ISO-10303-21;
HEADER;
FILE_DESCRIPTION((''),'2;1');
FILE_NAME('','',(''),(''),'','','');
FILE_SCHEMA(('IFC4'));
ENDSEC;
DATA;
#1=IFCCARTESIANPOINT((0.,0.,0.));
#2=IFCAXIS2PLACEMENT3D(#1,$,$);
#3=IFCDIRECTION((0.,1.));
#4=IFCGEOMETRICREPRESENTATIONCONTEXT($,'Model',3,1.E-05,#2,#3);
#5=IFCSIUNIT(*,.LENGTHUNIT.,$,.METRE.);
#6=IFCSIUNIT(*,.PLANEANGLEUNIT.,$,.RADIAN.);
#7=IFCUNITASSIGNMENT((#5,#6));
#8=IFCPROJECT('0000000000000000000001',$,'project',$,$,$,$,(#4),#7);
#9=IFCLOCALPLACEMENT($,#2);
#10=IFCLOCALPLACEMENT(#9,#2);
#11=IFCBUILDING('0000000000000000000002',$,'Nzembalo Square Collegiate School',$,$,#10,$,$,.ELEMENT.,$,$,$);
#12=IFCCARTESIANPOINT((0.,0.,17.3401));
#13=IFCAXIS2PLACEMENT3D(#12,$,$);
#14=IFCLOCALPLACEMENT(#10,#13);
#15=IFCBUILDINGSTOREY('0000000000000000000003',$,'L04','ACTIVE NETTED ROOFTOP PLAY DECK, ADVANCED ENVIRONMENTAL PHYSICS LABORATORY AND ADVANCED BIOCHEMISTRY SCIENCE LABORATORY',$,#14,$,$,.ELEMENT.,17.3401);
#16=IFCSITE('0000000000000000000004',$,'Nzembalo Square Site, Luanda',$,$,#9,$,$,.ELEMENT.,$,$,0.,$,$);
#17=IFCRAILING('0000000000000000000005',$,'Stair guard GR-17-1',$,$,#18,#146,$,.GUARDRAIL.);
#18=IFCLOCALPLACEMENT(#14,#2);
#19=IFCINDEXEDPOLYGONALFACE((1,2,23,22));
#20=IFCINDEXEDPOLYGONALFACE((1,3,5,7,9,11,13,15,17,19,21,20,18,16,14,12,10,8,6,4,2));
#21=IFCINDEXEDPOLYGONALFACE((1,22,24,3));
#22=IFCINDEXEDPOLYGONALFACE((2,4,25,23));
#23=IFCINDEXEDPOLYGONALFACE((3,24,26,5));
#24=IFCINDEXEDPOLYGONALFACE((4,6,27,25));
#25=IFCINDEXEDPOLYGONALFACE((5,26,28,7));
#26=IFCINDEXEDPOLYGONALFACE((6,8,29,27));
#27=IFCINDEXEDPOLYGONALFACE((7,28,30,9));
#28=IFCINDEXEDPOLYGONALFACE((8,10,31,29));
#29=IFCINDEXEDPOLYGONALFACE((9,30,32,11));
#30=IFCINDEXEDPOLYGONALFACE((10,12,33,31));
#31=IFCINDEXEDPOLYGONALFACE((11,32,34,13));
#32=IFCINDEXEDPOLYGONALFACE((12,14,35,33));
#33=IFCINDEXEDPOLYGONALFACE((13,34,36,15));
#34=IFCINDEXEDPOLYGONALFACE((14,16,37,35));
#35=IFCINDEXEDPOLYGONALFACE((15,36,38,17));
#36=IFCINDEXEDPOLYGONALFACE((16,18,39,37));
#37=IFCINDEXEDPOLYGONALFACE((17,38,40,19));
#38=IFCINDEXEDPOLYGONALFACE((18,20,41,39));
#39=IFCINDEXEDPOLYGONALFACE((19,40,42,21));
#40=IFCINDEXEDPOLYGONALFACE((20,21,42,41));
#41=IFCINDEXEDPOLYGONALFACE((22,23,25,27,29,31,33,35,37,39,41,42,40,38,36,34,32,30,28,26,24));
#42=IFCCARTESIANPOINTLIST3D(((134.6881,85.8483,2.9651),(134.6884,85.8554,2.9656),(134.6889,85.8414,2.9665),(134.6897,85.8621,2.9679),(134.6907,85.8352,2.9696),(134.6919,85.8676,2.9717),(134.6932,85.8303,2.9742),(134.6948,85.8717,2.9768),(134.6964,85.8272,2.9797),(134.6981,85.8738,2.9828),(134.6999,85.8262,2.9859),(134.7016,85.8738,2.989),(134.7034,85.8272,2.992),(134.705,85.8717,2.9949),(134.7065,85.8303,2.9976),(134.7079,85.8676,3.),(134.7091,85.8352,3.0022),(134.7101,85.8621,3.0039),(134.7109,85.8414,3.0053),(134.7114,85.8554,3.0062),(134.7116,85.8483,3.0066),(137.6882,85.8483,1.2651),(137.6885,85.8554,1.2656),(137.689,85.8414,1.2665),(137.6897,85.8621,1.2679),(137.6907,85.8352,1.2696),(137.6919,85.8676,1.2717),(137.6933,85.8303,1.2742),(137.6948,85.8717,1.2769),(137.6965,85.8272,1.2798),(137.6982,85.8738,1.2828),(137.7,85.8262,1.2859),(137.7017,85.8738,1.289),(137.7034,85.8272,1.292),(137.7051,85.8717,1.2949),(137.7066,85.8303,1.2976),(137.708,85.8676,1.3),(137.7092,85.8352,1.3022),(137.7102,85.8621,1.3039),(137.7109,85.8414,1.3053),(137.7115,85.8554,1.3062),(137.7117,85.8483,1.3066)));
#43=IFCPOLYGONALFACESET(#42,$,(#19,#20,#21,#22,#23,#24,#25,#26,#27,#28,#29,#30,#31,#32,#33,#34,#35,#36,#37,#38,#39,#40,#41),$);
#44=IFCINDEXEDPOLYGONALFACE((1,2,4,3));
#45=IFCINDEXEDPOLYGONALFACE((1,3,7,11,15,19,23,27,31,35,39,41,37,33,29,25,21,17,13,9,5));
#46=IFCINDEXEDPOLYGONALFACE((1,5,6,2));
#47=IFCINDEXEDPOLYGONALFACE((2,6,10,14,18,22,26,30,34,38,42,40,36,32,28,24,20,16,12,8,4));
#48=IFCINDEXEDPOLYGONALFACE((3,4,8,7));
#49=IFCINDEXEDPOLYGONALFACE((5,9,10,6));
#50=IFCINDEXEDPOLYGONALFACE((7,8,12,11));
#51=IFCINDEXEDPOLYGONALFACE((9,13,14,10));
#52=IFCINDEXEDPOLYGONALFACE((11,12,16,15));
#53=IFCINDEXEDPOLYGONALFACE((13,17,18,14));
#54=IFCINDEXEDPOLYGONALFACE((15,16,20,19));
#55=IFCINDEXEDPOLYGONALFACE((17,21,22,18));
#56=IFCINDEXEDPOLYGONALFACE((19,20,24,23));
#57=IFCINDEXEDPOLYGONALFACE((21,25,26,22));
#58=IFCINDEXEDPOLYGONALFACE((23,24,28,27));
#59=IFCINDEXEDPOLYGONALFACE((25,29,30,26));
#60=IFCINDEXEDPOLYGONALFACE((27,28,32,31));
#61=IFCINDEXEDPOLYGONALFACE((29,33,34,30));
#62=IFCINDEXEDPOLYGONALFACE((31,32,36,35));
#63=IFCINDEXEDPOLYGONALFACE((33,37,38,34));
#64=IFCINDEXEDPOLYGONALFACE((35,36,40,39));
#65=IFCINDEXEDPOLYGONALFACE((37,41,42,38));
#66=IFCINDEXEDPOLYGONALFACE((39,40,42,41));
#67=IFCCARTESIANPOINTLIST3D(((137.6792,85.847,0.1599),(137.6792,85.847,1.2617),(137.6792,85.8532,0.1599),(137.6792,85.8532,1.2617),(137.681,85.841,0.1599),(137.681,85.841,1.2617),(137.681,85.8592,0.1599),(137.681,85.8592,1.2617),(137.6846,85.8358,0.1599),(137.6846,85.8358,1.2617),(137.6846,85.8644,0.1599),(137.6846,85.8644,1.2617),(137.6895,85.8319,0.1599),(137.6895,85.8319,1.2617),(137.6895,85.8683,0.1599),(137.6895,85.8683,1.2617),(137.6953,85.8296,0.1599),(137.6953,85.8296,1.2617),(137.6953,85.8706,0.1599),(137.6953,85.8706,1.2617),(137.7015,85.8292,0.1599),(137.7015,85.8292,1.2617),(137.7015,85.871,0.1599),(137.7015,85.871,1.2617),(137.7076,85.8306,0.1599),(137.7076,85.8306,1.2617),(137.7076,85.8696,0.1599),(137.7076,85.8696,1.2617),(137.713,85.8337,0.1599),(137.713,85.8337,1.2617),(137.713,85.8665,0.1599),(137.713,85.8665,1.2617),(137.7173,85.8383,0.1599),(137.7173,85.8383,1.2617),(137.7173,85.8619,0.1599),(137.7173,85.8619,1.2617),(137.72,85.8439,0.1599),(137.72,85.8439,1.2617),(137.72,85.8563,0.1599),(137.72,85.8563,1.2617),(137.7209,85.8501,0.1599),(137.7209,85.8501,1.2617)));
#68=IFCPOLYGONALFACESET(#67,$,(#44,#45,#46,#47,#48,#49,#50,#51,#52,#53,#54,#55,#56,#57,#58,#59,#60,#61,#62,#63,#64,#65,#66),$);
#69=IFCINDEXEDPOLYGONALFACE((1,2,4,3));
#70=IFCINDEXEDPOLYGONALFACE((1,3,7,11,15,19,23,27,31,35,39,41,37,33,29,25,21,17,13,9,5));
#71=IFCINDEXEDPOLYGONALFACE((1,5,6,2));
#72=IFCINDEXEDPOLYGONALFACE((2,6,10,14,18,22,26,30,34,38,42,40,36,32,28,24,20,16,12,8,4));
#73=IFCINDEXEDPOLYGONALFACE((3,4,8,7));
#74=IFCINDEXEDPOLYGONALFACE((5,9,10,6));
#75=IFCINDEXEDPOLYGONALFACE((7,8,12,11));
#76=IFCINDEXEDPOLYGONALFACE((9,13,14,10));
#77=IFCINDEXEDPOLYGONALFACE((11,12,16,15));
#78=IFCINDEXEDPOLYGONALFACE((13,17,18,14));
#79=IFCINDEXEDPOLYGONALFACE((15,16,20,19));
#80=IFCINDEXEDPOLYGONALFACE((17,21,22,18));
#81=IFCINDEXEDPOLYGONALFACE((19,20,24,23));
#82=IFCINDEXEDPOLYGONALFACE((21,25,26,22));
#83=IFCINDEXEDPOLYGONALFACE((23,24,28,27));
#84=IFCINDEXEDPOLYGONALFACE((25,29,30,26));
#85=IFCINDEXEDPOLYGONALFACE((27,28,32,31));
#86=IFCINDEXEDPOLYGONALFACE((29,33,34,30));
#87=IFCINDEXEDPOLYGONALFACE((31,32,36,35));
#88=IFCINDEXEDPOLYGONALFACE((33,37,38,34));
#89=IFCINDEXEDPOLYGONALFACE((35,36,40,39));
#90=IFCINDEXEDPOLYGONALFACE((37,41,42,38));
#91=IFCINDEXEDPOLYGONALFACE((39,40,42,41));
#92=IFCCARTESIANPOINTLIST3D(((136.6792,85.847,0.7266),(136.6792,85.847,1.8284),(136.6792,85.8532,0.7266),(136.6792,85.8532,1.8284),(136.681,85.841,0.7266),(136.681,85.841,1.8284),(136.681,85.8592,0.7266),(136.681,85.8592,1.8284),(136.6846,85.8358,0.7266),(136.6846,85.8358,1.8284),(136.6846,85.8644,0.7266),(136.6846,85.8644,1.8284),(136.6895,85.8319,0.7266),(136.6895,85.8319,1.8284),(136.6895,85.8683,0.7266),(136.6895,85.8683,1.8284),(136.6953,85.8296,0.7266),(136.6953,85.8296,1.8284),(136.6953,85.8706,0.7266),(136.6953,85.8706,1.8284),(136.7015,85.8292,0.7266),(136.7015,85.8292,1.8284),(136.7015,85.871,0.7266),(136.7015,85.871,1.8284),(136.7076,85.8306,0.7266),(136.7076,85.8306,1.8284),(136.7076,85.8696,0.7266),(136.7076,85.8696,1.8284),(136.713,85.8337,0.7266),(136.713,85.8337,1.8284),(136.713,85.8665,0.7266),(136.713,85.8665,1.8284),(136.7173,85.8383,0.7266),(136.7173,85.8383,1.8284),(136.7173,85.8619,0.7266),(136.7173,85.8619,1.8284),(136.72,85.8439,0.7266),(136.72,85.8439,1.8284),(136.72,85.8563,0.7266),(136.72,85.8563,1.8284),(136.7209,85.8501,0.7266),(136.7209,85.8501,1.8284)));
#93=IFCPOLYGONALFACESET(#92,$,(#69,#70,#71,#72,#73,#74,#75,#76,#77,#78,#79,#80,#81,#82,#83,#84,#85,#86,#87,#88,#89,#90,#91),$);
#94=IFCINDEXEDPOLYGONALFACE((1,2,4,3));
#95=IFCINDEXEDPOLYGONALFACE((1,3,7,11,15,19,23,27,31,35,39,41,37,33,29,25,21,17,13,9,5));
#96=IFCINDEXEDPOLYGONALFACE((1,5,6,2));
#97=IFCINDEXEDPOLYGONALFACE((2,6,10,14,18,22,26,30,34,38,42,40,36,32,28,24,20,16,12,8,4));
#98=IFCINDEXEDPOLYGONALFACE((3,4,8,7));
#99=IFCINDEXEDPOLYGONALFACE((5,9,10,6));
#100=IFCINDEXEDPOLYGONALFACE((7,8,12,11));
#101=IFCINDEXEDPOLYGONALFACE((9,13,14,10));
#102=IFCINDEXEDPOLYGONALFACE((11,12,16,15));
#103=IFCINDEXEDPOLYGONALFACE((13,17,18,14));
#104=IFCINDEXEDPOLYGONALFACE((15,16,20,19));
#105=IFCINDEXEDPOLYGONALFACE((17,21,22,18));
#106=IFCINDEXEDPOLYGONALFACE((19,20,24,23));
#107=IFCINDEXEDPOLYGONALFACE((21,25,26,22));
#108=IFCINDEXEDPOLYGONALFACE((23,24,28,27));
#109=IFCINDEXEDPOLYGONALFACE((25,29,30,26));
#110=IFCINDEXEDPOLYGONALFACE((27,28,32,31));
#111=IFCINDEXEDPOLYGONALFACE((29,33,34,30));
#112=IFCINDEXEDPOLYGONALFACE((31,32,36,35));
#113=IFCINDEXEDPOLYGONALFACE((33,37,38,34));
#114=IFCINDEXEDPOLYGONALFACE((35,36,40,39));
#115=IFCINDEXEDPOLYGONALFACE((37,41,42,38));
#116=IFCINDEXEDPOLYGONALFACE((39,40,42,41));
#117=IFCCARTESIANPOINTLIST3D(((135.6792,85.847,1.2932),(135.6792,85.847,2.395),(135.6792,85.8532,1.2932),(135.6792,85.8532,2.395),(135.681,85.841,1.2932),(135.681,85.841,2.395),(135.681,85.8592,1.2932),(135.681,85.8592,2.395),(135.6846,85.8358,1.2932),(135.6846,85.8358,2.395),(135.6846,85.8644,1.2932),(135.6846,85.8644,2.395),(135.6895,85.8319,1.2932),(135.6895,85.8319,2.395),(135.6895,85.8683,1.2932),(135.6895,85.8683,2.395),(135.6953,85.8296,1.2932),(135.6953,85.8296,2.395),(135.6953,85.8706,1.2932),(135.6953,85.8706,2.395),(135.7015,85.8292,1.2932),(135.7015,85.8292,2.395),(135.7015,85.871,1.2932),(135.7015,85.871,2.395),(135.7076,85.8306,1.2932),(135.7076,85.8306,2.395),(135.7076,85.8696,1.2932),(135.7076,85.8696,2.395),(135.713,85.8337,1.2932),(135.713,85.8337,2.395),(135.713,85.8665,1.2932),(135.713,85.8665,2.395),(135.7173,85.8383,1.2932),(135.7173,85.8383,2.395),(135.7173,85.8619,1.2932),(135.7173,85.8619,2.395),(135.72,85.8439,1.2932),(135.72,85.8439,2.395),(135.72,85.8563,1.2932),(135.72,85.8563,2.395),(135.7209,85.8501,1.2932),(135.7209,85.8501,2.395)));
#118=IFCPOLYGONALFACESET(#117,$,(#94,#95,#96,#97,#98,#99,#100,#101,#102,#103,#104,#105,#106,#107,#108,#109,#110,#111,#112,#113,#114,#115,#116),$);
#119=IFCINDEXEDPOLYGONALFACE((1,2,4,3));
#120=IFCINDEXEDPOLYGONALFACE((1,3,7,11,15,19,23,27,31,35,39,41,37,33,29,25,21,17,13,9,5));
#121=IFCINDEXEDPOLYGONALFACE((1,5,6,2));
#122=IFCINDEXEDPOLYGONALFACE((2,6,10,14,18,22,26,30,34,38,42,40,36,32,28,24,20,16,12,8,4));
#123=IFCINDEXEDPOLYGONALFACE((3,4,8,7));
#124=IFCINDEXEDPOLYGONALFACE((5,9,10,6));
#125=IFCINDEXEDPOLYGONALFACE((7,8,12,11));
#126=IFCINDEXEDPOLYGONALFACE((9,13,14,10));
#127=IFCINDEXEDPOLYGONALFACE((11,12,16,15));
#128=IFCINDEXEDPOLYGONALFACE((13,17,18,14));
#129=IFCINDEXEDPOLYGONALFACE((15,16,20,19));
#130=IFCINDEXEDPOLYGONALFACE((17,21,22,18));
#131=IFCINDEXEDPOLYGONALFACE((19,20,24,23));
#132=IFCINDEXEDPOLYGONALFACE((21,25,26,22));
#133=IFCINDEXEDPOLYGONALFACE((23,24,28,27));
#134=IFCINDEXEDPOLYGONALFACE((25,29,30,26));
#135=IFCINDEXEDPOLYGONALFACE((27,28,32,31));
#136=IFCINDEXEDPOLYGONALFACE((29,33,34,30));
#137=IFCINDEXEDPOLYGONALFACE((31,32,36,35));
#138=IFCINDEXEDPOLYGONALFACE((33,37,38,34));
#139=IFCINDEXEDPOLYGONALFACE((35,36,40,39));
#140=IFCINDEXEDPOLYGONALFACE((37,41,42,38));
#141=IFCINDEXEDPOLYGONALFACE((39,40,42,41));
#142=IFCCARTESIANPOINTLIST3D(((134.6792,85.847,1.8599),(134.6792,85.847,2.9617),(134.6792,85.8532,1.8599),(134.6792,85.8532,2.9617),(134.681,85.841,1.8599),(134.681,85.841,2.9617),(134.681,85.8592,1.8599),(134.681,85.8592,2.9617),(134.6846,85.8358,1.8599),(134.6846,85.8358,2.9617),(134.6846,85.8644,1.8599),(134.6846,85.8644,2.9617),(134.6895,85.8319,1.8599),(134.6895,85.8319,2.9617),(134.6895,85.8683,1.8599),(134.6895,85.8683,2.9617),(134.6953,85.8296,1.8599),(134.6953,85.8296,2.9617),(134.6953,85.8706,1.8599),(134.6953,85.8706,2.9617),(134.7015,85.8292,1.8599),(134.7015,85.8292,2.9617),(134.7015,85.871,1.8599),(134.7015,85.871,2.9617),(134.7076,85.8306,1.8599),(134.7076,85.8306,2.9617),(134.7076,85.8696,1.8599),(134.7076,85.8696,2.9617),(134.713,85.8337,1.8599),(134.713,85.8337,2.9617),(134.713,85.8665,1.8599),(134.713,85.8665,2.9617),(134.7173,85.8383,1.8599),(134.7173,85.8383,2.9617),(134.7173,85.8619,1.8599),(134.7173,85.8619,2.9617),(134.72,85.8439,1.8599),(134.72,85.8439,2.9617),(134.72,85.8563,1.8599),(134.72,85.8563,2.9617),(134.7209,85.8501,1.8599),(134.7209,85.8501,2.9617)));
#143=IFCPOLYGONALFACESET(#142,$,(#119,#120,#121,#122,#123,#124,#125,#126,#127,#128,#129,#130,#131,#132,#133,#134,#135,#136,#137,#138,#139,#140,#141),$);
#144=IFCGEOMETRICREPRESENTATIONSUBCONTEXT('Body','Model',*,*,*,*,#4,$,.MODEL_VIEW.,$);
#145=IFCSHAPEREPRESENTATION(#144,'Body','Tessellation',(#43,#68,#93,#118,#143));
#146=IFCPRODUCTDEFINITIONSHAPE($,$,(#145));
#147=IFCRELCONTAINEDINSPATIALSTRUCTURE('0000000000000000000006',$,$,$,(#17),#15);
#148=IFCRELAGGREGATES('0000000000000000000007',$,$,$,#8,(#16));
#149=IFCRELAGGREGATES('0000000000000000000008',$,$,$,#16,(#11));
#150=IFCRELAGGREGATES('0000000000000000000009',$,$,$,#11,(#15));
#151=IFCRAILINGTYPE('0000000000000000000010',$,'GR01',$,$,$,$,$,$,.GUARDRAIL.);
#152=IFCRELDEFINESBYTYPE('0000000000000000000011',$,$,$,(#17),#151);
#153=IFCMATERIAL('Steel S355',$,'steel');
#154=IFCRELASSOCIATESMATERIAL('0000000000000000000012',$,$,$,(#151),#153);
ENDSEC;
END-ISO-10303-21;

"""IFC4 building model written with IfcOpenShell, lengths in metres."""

from ifc_helpers import new_model, si_unit, direction, frame, origin, origin_2d, place, context, subcontext, project, spatial, circle, extrude, material, type_object, element, save


model = new_model("IFC4")

# Units and contexts
model_context = context("Model", 3, precision=1e-05, world=origin(), true_north=direction((0.0, 1.0)))
body_context = subcontext(model_context, "Body", "Model", "MODEL_VIEW")
ifc_project = project(units=[si_unit("LENGTHUNIT", "METRE"), si_unit("PLANEANGLEUNIT", "RADIAN")], contexts=[model_context])

# Site, building, storey
site_placement = place(None, origin())
site = spatial("IfcSite", under=ifc_project, at=site_placement, Name="Nzembalo Square Site, Luanda", CompositionType="ELEMENT", RefElevation=0.0)
building_placement = place(site_placement, origin())
building = spatial("IfcBuilding", under=site, at=building_placement, Name="Nzembalo Square Collegiate School", CompositionType="ELEMENT")
storey_placement = place(building_placement, frame((0.0, 0.0, 17.3401)))
storey = spatial("IfcBuildingStorey", under=building, at=storey_placement, Name="L04", Description="ACTIVE NETTED ROOFTOP PLAY DECK, ADVANCED ENVIRONMENTAL PHYSICS LABORATORY AND ADVANCED BIOCHEMISTRY SCIENCE LABORATORY", CompositionType="ELEMENT", Elevation=17.3401)

# Railing
ifc_material_1 = material(Name="Steel S355", Category="steel")
railing_type_1 = type_object("IfcRailingType", Name="GR01", PredefinedType="GUARDRAIL", material=ifc_material_1)
railing_1_placement = place(storey_placement, frame((137.7, 85.8501, 0.1599)))
element("IfcRailing", 1, at=railing_1_placement, inside=storey, type_object=railing_type_1, Name="Stair guard GR-17-1", PredefinedType="GUARDRAIL", context=body_context, shape_type="SweptSolid", body=[
    extrude(circle(Radius=0.0239, at=origin_2d()), frame((0.0, 0.0, 1.126), z_axis=(-0.870028, 0.0, 0.493002), x_axis=(0.0, -1.0, 0.0)), (0.0, 0.0, 1.0), 3.4482),
    extrude(circle(Radius=0.021, at=origin_2d()), origin(), (0.0, 0.0, 1.0), 1.1018),
    extrude(circle(Radius=0.021, at=origin_2d()), frame((-1.0, 0.0, 0.5667)), (0.0, 0.0, 1.0), 1.1018),
    extrude(circle(Radius=0.021, at=origin_2d()), frame((-2.0, 0.0, 1.1333)), (0.0, 0.0, 1.0), 1.1018),
    extrude(circle(Radius=0.021, at=origin_2d()), frame((-3.0, 0.0, 1.7)), (0.0, 0.0, 1.0), 1.1018),
])

save(model, "model.ifc")
